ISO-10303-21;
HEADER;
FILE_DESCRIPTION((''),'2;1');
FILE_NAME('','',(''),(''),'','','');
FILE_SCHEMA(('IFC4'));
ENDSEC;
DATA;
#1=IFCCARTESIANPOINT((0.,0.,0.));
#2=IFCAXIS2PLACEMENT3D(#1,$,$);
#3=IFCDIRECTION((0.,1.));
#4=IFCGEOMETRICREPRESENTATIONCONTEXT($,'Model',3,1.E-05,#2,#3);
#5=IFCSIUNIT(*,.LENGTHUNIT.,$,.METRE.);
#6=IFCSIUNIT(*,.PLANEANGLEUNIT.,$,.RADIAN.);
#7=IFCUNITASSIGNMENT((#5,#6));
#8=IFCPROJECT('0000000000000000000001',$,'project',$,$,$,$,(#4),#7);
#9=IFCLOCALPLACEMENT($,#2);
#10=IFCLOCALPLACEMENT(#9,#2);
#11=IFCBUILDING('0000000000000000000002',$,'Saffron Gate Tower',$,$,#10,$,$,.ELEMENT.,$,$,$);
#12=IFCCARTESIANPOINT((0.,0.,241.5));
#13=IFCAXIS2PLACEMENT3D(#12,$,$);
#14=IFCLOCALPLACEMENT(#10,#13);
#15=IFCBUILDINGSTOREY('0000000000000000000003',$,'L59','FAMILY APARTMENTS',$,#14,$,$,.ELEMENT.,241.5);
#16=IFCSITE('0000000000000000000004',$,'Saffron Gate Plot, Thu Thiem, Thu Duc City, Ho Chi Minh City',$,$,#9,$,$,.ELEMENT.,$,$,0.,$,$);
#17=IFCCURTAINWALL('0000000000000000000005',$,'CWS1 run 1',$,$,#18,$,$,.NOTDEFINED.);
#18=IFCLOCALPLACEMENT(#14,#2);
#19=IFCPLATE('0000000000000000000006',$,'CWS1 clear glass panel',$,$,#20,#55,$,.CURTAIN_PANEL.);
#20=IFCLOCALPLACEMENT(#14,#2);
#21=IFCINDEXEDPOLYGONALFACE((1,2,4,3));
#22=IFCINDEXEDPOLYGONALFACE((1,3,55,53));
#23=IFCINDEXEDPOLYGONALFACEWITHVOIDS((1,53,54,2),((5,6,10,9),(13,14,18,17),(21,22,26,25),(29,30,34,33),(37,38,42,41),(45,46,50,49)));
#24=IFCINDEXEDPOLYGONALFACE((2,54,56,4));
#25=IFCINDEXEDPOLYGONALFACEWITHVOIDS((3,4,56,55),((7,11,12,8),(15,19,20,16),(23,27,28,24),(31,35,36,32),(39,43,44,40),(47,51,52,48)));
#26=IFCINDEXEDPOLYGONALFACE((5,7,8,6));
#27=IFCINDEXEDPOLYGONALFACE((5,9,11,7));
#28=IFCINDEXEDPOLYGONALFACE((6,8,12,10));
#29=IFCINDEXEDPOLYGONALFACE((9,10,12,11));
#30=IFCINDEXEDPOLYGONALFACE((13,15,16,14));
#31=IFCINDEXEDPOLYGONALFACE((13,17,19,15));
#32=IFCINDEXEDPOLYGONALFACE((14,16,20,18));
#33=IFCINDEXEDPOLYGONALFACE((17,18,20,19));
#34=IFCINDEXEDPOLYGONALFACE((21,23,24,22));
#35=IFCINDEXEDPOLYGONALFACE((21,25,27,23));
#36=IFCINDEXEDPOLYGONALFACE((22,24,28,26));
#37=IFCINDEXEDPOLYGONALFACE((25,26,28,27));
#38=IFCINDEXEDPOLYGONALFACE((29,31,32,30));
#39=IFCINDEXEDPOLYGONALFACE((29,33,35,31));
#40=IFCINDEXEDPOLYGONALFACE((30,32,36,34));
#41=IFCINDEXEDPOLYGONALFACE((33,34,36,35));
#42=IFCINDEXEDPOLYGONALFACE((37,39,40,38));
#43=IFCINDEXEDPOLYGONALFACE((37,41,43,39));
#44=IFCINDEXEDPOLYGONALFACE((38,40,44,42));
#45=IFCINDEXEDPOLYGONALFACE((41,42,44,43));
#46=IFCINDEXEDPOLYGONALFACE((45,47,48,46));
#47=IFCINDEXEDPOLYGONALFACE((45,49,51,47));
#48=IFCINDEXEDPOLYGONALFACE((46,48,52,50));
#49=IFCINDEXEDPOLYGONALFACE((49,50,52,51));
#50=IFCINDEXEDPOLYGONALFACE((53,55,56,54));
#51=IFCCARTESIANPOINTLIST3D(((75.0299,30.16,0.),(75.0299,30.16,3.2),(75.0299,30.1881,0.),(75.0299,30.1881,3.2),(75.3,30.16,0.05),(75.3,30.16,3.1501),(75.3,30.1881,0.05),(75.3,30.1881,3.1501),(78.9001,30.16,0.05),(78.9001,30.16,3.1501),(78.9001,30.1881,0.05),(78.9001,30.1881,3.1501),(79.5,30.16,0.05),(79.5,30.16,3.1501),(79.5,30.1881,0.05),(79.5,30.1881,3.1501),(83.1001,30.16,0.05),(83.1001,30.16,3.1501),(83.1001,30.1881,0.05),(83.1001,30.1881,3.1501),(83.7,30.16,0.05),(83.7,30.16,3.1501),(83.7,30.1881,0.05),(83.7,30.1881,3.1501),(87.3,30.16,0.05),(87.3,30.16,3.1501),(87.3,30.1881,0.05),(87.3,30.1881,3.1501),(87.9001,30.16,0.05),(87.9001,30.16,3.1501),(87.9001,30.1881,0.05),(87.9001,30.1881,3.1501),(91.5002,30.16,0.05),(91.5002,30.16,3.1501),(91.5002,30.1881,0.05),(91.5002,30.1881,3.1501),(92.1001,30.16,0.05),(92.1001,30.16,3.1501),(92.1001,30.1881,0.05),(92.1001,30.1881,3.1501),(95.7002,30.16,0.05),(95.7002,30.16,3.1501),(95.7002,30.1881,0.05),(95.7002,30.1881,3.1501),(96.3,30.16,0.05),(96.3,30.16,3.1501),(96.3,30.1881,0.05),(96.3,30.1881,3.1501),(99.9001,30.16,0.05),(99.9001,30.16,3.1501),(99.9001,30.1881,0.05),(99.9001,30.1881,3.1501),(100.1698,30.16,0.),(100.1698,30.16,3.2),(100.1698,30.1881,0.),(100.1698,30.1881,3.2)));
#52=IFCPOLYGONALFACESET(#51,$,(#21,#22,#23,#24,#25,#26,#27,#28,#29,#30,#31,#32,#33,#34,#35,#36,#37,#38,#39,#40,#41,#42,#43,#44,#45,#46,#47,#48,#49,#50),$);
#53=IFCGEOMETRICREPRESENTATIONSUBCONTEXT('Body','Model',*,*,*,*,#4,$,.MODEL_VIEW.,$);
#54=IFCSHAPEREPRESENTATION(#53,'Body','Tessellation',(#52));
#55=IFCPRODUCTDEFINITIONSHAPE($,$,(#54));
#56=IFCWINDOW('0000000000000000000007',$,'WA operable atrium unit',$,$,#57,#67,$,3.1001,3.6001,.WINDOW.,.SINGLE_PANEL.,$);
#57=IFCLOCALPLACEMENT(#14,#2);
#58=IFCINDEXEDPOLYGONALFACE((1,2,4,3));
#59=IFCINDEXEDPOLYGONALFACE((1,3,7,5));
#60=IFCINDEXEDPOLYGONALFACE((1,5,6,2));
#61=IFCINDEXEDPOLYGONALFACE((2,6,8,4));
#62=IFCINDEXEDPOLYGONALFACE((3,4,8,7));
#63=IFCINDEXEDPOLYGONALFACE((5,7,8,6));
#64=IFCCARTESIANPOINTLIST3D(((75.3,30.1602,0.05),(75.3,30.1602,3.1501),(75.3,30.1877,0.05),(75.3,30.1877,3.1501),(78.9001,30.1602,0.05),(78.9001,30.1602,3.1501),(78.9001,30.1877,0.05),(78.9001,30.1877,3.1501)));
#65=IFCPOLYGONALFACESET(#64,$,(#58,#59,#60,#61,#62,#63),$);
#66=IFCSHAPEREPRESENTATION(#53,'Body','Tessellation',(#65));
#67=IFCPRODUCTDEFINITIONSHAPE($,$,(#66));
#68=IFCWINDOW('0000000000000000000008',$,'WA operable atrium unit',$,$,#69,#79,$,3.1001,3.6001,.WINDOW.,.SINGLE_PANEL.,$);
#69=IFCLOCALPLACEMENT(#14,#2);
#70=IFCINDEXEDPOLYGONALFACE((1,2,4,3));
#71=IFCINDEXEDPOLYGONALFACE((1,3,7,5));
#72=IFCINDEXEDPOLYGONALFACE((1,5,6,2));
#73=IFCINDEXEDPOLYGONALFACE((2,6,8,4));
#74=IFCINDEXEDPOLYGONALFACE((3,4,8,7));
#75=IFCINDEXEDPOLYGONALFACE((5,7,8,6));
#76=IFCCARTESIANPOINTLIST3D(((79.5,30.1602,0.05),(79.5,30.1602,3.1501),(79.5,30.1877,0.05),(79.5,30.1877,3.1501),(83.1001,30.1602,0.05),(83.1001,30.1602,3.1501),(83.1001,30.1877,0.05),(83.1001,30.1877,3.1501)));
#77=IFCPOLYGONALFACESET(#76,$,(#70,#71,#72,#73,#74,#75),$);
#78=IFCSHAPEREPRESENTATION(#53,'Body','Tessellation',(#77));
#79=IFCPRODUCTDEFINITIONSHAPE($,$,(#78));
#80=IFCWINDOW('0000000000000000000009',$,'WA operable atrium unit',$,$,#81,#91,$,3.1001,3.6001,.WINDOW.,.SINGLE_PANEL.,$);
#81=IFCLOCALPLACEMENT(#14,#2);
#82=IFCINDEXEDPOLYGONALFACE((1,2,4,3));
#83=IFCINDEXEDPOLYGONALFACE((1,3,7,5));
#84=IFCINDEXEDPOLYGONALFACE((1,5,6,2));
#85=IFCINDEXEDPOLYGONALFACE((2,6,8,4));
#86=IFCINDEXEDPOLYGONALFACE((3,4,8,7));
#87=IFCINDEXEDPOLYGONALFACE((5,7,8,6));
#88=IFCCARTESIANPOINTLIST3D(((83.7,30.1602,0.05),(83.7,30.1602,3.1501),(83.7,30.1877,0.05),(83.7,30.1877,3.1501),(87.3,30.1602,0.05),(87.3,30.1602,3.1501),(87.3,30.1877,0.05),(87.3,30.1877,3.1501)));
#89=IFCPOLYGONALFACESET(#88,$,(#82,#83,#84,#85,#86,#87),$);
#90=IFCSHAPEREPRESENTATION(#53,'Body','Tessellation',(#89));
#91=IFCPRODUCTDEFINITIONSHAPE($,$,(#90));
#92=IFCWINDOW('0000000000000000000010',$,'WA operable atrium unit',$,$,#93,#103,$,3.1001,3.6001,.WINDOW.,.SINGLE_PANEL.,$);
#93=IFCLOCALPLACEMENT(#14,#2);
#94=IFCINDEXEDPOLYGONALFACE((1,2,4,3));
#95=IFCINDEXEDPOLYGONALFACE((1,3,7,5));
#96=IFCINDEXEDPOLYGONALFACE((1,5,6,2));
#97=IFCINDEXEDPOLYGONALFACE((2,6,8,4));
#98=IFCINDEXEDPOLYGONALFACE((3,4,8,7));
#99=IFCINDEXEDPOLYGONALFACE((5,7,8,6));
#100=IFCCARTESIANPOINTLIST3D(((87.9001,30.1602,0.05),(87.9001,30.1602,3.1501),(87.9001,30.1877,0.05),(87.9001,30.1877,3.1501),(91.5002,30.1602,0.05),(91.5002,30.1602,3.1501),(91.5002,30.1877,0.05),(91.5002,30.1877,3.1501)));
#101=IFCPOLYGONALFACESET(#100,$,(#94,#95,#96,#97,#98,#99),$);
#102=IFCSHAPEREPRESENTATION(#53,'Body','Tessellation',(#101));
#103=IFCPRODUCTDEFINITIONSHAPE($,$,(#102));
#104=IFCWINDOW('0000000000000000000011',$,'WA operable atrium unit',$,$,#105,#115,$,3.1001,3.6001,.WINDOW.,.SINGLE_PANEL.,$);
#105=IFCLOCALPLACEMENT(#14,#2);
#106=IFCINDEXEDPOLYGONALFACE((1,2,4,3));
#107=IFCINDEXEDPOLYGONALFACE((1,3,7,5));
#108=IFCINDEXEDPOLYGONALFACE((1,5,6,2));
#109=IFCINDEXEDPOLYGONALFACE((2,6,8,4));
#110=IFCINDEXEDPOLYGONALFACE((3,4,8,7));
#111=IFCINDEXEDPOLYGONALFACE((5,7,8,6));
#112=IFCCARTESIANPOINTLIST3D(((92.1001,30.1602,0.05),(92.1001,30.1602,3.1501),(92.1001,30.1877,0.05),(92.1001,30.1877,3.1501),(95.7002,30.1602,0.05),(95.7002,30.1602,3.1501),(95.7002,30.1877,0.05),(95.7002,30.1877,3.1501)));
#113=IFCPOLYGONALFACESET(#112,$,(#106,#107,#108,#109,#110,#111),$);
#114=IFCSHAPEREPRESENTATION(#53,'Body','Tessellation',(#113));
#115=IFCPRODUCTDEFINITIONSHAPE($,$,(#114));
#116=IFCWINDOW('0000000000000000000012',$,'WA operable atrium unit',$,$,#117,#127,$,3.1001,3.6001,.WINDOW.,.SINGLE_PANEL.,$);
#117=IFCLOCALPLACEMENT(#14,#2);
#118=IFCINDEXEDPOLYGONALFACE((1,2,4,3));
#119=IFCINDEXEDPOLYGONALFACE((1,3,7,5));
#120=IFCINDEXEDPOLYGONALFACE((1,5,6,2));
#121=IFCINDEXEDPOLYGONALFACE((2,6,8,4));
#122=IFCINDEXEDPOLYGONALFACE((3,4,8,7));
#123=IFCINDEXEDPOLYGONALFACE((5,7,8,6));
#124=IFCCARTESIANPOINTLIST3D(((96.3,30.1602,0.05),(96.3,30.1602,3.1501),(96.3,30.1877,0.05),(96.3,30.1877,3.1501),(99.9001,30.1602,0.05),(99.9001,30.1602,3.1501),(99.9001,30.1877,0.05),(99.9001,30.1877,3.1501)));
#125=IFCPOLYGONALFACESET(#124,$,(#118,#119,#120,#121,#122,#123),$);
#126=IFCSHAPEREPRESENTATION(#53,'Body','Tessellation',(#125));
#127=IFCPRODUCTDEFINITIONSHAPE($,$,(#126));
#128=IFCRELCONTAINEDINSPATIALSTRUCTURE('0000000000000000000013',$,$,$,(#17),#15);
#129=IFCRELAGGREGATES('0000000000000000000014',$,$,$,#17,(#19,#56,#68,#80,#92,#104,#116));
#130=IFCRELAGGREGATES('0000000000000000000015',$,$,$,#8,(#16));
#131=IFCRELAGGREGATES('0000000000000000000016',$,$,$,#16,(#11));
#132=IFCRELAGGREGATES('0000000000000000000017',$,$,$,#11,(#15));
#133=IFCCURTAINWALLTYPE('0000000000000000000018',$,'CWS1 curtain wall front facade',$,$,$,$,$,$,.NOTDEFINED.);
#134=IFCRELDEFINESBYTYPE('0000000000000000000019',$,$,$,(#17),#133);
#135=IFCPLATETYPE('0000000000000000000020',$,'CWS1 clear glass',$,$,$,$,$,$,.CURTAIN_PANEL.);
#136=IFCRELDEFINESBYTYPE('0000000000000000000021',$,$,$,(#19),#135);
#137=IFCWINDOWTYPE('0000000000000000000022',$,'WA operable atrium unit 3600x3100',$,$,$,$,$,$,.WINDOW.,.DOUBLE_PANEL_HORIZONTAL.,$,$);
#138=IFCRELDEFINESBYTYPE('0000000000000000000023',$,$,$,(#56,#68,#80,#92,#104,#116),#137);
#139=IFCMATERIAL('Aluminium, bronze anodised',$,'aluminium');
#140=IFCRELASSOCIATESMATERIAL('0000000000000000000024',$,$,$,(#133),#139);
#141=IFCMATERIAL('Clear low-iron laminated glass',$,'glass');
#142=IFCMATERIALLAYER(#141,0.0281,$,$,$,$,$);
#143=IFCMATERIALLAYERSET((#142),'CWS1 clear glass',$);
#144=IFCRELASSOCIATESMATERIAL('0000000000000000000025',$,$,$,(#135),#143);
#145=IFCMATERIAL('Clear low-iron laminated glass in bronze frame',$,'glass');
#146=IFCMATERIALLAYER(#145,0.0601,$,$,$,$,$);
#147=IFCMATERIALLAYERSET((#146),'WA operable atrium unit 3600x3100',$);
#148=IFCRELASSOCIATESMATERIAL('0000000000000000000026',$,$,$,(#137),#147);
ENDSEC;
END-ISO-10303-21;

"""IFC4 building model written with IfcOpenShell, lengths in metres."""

from ifc_helpers import new_model, si_unit, direction, frame, frame_2d, origin, place, context, subcontext, project, spatial, rectangle, extrude, material, layer, layer_set, type_object, element, fill, aggregate, save


model = new_model("IFC4")

# Units and contexts
model_context = context("Model", 3, precision=1e-05, world=origin(), true_north=direction((0.0, 1.0)))
body_context = subcontext(model_context, "Body", "Model", "MODEL_VIEW")
ifc_project = project(units=[si_unit("LENGTHUNIT", "METRE"), si_unit("PLANEANGLEUNIT", "RADIAN")], contexts=[model_context])

# Site, building, storey
site_placement = place(None, origin())
site = spatial("IfcSite", under=ifc_project, at=site_placement, Name="Saffron Gate Plot, Thu Thiem, Thu Duc City, Ho Chi Minh City", CompositionType="ELEMENT", RefElevation=0.0)
building_placement = place(site_placement, origin())
building = spatial("IfcBuilding", under=site, at=building_placement, Name="Saffron Gate Tower", CompositionType="ELEMENT")
storey_placement = place(building_placement, frame((0.0, 0.0, 241.5)))
storey = spatial("IfcBuildingStorey", under=building, at=storey_placement, Name="L59", Description="FAMILY APARTMENTS", CompositionType="ELEMENT", Elevation=241.5)

# Curtain wall, plate, openings, windows
ifc_material_1 = material(Name="Aluminium, bronze anodised", Category="aluminium")
curtain_wall_type = type_object("IfcCurtainWallType", Name="CWS1 curtain wall front facade", PredefinedType="NOTDEFINED", material=ifc_material_1)
curtain_wall_placement = place(storey_placement, origin())
curtain_wall = element("IfcCurtainWall", 1, at=curtain_wall_placement, inside=storey, type_object=curtain_wall_type, Name="CWS1 run 1", PredefinedType="NOTDEFINED")
ifc_material_2 = material(Name="Clear low-iron laminated glass", Category="glass")
ifc_layer_1 = layer(ifc_material_2, 0.0281)
ifc_layer_set_1 = layer_set([ifc_layer_1], Name="CWS1 clear glass")
plate_type = type_object("IfcPlateType", Name="CWS1 clear glass", PredefinedType="CURTAIN_PANEL", material=ifc_layer_set_1)
plate_placement = place(storey_placement, frame((75.03, 30.1741, 0.0), z_axis=(0.0, 0.0, 1.0), x_axis=(1.0, 0.0, 0.0)))
plate = element("IfcPlate", 2, at=plate_placement, type_object=plate_type, Name="CWS1 clear glass panel", PredefinedType="CURTAIN_PANEL", context=body_context, shape_type="SweptSolid", body=[
    extrude(rectangle(XDim=25.1399, YDim=0.0281, at=frame_2d((12.5698, 0.0))), origin(), (0.0, 0.0, 1.0), 3.2),
])
opening_1_placement = place(plate_placement, frame((0.27, 0.0, 0.05)))
opening_1 = element("IfcOpeningElement", 3, at=opening_1_placement, cuts=plate, PredefinedType="OPENING", context=body_context, shape_type="SweptSolid", body=[
    extrude(rectangle(XDim=3.6001, YDim=3.1001, at=frame_2d((1.8, 1.55))), frame((0.0, 0.0239, 0.0), z_axis=(0.0, -1.0, 0.0), x_axis=(1.0, 0.0, 0.0)), (0.0, 0.0, 1.0), 0.0481),
])
opening_2_placement = place(plate_placement, frame((4.47, 0.0, 0.05)))
opening_2 = element("IfcOpeningElement", 4, at=opening_2_placement, cuts=plate, PredefinedType="OPENING", context=body_context, shape_type="SweptSolid", body=[
    extrude(rectangle(XDim=3.6001, YDim=3.1001, at=frame_2d((1.8, 1.55))), frame((0.0, 0.0239, 0.0), z_axis=(0.0, -1.0, 0.0), x_axis=(1.0, 0.0, 0.0)), (0.0, 0.0, 1.0), 0.0481),
])
opening_3_placement = place(plate_placement, frame((8.6699, 0.0, 0.05)))
opening_3 = element("IfcOpeningElement", 5, at=opening_3_placement, cuts=plate, PredefinedType="OPENING", context=body_context, shape_type="SweptSolid", body=[
    extrude(rectangle(XDim=3.6001, YDim=3.1001, at=frame_2d((1.8, 1.55))), frame((0.0, 0.0239, 0.0), z_axis=(0.0, -1.0, 0.0), x_axis=(1.0, 0.0, 0.0)), (0.0, 0.0, 1.0), 0.0481),
])
opening_4_placement = place(plate_placement, frame((12.8701, 0.0, 0.05)))
opening_4 = element("IfcOpeningElement", 6, at=opening_4_placement, cuts=plate, PredefinedType="OPENING", context=body_context, shape_type="SweptSolid", body=[
    extrude(rectangle(XDim=3.6001, YDim=3.1001, at=frame_2d((1.8, 1.55))), frame((0.0, 0.0239, 0.0), z_axis=(0.0, -1.0, 0.0), x_axis=(1.0, 0.0, 0.0)), (0.0, 0.0, 1.0), 0.0481),
])
opening_5_placement = place(plate_placement, frame((17.0701, 0.0, 0.05)))
opening_5 = element("IfcOpeningElement", 7, at=opening_5_placement, cuts=plate, PredefinedType="OPENING", context=body_context, shape_type="SweptSolid", body=[
    extrude(rectangle(XDim=3.6001, YDim=3.1001, at=frame_2d((1.8, 1.55))), frame((0.0, 0.0239, 0.0), z_axis=(0.0, -1.0, 0.0), x_axis=(1.0, 0.0, 0.0)), (0.0, 0.0, 1.0), 0.0481),
])
opening_6_placement = place(plate_placement, frame((21.27, 0.0, 0.05)))
opening_6 = element("IfcOpeningElement", 8, at=opening_6_placement, cuts=plate, PredefinedType="OPENING", context=body_context, shape_type="SweptSolid", body=[
    extrude(rectangle(XDim=3.6001, YDim=3.1001, at=frame_2d((1.8, 1.55))), frame((0.0, 0.0239, 0.0), z_axis=(0.0, -1.0, 0.0), x_axis=(1.0, 0.0, 0.0)), (0.0, 0.0, 1.0), 0.0481),
])
ifc_material_3 = material(Name="Clear low-iron laminated glass in bronze frame", Category="glass")
ifc_layer_2 = layer(ifc_material_3, 0.0601)
ifc_layer_set_2 = layer_set([ifc_layer_2], Name="WA operable atrium unit 3600x3100")
window_type = type_object("IfcWindowType", Name="WA operable atrium unit 3600x3100", PartitioningType="DOUBLE_PANEL_HORIZONTAL", PredefinedType="WINDOW", material=ifc_layer_set_2)
window_1_placement = place(opening_1_placement, origin())
window_1 = element("IfcWindow", 9, at=window_1_placement, type_object=window_type, Name="WA operable atrium unit", OverallHeight=3.1001, OverallWidth=3.6001, PartitioningType="SINGLE_PANEL", PredefinedType="WINDOW", context=body_context, shape_type="SweptSolid", body=[
    extrude(rectangle(XDim=3.6001, YDim=3.1001, at=frame_2d((1.8, 1.55))), frame((0.0, 0.0137, 0.0), z_axis=(0.0, -1.0, 0.0), x_axis=(1.0, 0.0, 0.0)), (0.0, 0.0, 1.0), 0.0276),
])
fill(opening_1, window_1)
window_2_placement = place(opening_2_placement, origin())
window_2 = element("IfcWindow", 10, at=window_2_placement, type_object=window_type, Name="WA operable atrium unit", OverallHeight=3.1001, OverallWidth=3.6001, PartitioningType="SINGLE_PANEL", PredefinedType="WINDOW", context=body_context, shape_type="SweptSolid", body=[
    extrude(rectangle(XDim=3.6001, YDim=3.1001, at=frame_2d((1.8, 1.55))), frame((0.0, 0.0137, 0.0), z_axis=(0.0, -1.0, 0.0), x_axis=(1.0, 0.0, 0.0)), (0.0, 0.0, 1.0), 0.0276),
])
fill(opening_2, window_2)
window_3_placement = place(opening_3_placement, origin())
window_3 = element("IfcWindow", 11, at=window_3_placement, type_object=window_type, Name="WA operable atrium unit", OverallHeight=3.1001, OverallWidth=3.6001, PartitioningType="SINGLE_PANEL", PredefinedType="WINDOW", context=body_context, shape_type="SweptSolid", body=[
    extrude(rectangle(XDim=3.6001, YDim=3.1001, at=frame_2d((1.8, 1.55))), frame((0.0, 0.0137, 0.0), z_axis=(0.0, -1.0, 0.0), x_axis=(1.0, 0.0, 0.0)), (0.0, 0.0, 1.0), 0.0276),
])
fill(opening_3, window_3)
window_4_placement = place(opening_4_placement, origin())
window_4 = element("IfcWindow", 12, at=window_4_placement, type_object=window_type, Name="WA operable atrium unit", OverallHeight=3.1001, OverallWidth=3.6001, PartitioningType="SINGLE_PANEL", PredefinedType="WINDOW", context=body_context, shape_type="SweptSolid", body=[
    extrude(rectangle(XDim=3.6001, YDim=3.1001, at=frame_2d((1.8, 1.55))), frame((0.0, 0.0137, 0.0), z_axis=(0.0, -1.0, 0.0), x_axis=(1.0, 0.0, 0.0)), (0.0, 0.0, 1.0), 0.0276),
])
fill(opening_4, window_4)
window_5_placement = place(opening_5_placement, origin())
window_5 = element("IfcWindow", 13, at=window_5_placement, type_object=window_type, Name="WA operable atrium unit", OverallHeight=3.1001, OverallWidth=3.6001, PartitioningType="SINGLE_PANEL", PredefinedType="WINDOW", context=body_context, shape_type="SweptSolid", body=[
    extrude(rectangle(XDim=3.6001, YDim=3.1001, at=frame_2d((1.8, 1.55))), frame((0.0, 0.0137, 0.0), z_axis=(0.0, -1.0, 0.0), x_axis=(1.0, 0.0, 0.0)), (0.0, 0.0, 1.0), 0.0276),
])
fill(opening_5, window_5)
window_6_placement = place(opening_6_placement, origin())
window_6 = element("IfcWindow", 14, at=window_6_placement, type_object=window_type, Name="WA operable atrium unit", OverallHeight=3.1001, OverallWidth=3.6001, PartitioningType="SINGLE_PANEL", PredefinedType="WINDOW", context=body_context, shape_type="SweptSolid", body=[
    extrude(rectangle(XDim=3.6001, YDim=3.1001, at=frame_2d((1.8, 1.55))), frame((0.0, 0.0137, 0.0), z_axis=(0.0, -1.0, 0.0), x_axis=(1.0, 0.0, 0.0)), (0.0, 0.0, 1.0), 0.0276),
])
fill(opening_6, window_6)
aggregate(curtain_wall, [plate, window_1, window_2, window_3, window_4, window_5, window_6])

save(model, "model.ifc")
